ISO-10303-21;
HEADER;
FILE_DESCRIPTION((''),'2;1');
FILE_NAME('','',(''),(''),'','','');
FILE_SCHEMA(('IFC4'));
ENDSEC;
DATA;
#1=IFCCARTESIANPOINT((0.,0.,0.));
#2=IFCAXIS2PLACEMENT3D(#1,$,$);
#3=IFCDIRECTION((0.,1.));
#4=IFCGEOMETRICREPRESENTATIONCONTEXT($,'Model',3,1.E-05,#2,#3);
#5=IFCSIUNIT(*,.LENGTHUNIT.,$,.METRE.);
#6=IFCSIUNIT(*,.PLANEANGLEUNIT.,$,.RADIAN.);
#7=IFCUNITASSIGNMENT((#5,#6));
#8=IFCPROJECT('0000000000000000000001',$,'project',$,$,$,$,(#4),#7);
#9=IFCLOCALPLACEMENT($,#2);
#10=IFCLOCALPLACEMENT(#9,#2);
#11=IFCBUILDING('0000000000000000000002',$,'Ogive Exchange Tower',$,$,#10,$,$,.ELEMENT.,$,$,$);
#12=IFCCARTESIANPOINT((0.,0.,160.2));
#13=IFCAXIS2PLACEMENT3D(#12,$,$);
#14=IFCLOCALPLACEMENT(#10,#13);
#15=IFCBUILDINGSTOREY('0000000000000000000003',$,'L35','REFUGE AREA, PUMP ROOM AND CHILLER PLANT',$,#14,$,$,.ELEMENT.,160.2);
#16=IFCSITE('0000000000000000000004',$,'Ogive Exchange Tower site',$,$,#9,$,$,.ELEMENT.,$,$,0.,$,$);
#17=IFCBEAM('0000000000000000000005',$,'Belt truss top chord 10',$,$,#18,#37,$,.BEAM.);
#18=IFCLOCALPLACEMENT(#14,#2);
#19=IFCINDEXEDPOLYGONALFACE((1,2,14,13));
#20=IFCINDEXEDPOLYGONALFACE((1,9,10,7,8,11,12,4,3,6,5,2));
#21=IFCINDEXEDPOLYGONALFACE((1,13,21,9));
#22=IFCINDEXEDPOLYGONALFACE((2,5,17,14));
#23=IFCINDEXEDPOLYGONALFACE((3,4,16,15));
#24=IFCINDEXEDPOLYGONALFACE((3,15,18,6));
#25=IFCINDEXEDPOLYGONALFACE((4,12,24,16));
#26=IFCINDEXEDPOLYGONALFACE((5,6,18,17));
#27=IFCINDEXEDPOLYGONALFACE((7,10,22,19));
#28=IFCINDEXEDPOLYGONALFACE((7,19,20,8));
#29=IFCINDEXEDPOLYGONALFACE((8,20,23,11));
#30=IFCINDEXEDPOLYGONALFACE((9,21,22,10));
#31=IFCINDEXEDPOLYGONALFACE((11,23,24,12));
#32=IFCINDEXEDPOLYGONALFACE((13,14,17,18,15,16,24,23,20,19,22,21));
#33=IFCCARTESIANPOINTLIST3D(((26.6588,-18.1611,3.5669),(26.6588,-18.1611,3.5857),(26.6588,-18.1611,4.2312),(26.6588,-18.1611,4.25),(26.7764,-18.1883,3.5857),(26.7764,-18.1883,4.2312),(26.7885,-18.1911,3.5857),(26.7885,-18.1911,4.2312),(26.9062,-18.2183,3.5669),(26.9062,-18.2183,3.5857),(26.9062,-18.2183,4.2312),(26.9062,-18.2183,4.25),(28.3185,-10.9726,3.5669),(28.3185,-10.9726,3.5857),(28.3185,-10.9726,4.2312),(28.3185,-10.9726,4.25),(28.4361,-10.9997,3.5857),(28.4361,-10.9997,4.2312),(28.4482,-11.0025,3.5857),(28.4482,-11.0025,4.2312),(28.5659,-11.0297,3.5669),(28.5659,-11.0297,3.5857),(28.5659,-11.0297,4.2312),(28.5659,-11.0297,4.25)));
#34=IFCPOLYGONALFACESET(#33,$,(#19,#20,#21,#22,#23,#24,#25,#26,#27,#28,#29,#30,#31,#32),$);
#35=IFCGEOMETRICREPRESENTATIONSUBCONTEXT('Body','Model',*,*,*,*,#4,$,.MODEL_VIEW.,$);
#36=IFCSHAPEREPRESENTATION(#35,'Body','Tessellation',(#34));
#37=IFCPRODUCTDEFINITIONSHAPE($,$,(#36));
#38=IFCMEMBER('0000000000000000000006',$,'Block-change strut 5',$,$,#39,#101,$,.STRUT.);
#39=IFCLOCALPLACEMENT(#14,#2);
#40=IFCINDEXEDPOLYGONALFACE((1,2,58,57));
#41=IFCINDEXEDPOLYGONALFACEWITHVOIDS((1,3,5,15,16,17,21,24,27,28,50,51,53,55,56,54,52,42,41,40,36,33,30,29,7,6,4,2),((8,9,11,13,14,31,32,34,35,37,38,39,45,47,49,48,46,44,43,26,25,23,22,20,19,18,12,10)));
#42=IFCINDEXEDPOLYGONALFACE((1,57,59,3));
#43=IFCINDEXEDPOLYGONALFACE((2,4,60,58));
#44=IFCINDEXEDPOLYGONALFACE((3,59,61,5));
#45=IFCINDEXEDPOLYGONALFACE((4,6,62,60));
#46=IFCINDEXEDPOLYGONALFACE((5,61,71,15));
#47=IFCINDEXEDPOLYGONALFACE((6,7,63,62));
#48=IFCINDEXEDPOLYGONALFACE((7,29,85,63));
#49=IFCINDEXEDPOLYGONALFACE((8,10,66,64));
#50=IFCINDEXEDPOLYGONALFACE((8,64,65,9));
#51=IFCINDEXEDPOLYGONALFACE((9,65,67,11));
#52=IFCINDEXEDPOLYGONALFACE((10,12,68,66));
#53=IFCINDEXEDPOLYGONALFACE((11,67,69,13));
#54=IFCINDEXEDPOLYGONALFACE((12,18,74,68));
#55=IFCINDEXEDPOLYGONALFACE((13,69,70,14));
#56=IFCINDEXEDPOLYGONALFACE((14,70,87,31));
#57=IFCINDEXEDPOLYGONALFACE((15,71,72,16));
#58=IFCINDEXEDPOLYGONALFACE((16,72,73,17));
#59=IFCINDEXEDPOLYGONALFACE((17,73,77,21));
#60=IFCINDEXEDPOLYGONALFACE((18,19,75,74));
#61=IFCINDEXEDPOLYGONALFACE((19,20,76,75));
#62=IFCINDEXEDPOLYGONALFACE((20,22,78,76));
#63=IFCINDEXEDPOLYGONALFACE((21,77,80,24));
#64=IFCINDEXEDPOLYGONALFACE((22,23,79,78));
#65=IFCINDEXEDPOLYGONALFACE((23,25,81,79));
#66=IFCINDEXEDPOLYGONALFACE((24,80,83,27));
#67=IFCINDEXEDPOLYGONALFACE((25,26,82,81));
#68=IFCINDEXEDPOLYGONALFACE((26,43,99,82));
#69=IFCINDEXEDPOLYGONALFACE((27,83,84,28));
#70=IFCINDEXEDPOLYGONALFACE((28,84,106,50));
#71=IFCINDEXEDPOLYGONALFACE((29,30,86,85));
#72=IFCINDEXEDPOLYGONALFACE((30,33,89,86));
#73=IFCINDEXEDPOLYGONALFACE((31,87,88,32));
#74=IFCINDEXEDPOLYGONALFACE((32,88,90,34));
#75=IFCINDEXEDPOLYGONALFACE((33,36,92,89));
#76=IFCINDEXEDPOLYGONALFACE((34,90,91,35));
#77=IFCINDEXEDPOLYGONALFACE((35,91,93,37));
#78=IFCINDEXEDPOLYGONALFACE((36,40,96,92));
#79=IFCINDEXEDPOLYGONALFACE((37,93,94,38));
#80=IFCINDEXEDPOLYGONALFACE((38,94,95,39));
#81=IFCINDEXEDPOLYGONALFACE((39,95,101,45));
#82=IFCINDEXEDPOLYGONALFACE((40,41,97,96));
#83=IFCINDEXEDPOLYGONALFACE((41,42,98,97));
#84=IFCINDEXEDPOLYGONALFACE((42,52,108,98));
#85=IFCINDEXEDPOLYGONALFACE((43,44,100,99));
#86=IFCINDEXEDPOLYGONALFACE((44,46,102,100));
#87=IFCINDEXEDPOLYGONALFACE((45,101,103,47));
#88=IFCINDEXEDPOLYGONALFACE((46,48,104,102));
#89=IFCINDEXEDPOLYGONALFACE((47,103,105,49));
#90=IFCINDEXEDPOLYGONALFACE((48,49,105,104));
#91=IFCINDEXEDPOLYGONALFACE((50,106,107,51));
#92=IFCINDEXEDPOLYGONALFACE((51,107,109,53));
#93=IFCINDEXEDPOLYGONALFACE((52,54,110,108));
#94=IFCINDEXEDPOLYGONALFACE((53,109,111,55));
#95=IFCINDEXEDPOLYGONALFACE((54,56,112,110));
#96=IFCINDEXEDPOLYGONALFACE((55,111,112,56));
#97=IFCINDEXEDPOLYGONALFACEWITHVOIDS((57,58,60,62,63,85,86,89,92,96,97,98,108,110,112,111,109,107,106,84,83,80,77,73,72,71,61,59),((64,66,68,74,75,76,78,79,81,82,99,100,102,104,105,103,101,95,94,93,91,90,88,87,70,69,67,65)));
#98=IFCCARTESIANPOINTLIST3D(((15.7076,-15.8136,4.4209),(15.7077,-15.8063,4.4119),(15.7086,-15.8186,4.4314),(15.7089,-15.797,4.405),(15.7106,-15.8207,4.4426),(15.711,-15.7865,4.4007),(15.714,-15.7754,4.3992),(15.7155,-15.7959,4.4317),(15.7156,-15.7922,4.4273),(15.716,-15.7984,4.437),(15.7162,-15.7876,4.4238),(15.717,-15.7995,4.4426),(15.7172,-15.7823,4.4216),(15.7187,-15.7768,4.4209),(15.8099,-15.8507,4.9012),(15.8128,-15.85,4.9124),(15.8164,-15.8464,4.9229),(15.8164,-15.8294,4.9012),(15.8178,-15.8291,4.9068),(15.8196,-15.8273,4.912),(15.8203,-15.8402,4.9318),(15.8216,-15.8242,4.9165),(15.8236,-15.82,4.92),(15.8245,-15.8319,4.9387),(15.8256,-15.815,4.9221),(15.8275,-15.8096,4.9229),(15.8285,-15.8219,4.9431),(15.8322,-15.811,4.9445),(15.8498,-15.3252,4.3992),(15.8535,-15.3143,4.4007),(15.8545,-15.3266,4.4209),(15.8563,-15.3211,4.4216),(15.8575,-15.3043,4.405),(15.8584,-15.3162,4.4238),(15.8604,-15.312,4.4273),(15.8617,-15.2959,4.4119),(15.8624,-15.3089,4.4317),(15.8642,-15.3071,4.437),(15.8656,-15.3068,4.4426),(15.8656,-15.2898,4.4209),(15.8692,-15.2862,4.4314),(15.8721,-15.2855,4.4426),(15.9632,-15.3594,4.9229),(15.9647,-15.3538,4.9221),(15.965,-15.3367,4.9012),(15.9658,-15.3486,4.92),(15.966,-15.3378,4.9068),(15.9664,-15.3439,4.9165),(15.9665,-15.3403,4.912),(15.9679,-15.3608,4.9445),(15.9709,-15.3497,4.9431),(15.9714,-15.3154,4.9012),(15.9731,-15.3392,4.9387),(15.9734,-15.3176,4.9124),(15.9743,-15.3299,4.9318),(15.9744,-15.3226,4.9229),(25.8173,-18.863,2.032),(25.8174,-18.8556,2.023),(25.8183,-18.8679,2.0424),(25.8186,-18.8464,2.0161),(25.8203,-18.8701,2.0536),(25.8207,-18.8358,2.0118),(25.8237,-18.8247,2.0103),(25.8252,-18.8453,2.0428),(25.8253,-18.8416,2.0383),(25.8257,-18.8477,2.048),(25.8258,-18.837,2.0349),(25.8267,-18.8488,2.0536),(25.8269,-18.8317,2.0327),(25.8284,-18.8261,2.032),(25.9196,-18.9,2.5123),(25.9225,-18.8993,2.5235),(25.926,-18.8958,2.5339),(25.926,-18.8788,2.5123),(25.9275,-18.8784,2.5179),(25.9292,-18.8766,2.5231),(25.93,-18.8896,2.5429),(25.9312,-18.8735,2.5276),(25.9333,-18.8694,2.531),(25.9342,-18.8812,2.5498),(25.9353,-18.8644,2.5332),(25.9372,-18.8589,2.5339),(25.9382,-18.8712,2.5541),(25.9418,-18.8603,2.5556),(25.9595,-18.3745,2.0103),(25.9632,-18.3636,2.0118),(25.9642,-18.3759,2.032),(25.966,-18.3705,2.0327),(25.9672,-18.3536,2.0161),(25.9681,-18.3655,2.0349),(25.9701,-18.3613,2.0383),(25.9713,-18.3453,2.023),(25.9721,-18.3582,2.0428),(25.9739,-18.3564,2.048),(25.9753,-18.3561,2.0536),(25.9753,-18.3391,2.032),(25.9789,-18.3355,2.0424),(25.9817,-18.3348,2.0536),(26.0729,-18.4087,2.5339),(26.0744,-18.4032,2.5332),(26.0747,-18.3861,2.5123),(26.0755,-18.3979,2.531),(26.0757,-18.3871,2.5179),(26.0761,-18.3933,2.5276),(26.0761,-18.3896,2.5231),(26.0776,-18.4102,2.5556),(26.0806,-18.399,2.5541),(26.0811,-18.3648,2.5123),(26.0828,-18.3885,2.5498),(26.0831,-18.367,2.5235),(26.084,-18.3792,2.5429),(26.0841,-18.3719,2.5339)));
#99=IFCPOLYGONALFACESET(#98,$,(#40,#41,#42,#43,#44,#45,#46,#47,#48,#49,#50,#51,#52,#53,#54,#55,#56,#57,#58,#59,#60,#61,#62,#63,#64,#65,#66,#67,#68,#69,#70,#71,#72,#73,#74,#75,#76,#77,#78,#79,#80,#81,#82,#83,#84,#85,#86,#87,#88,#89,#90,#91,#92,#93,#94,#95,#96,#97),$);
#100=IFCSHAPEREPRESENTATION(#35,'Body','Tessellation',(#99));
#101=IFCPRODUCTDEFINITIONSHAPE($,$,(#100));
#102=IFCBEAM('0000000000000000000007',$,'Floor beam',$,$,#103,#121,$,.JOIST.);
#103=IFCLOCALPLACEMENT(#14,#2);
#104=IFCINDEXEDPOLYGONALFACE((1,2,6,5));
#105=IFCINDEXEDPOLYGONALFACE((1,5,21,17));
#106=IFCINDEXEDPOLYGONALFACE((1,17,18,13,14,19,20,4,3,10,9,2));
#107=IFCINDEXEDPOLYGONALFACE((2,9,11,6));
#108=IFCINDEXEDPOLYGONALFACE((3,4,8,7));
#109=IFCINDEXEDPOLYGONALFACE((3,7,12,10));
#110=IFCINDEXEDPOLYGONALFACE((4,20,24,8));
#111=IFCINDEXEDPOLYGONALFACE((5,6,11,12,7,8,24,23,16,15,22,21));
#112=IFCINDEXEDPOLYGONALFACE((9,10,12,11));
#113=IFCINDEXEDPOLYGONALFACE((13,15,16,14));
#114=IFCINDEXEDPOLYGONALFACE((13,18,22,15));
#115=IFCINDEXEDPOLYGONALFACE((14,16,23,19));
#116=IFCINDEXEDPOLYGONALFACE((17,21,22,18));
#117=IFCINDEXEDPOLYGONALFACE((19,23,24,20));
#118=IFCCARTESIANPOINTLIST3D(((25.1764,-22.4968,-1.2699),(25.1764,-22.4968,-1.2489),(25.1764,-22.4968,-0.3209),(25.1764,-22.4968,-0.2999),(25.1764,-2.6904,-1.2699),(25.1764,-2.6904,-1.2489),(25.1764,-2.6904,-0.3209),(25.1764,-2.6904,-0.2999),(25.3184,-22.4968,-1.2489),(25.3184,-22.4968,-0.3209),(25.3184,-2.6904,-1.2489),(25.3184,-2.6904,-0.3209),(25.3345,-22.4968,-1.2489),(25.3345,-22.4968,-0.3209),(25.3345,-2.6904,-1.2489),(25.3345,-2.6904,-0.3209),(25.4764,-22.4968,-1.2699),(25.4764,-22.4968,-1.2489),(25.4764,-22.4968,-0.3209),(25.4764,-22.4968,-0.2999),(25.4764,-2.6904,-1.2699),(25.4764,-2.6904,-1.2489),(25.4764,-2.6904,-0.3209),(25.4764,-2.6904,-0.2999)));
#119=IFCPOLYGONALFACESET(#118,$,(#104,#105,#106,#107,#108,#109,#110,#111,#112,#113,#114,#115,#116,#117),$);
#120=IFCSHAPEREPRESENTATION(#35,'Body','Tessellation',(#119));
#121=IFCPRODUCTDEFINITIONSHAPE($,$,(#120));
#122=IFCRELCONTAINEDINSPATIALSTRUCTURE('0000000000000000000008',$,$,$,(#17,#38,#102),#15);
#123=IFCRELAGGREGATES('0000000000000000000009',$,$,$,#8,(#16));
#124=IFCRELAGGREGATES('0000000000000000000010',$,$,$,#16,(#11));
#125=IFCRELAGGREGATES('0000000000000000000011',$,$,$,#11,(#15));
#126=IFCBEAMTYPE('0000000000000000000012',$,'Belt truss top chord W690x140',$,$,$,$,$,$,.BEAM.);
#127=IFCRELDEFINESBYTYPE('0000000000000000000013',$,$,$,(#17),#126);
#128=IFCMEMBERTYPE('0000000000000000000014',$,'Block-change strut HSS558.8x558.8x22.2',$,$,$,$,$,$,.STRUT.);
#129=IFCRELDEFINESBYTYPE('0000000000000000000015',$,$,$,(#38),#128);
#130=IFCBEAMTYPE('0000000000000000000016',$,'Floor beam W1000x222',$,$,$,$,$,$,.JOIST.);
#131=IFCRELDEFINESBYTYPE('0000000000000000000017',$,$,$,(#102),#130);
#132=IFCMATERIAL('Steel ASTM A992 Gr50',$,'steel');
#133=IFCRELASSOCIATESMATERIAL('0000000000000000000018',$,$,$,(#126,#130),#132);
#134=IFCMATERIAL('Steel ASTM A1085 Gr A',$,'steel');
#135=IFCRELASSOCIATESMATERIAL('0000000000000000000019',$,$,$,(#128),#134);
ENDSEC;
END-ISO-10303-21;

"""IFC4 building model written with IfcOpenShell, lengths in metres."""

from ifc_helpers import new_model, si_unit, direction, frame, origin, origin_2d, place, context, subcontext, project, spatial, hollow_rectangle, i_section, extrude, material, material_profile, profile_set, type_object, element, save


model = new_model("IFC4")

# Units and contexts
model_context = context("Model", 3, precision=1e-05, world=origin(), true_north=direction((0.0, 1.0)))
body_context = subcontext(model_context, "Body", "Model", "MODEL_VIEW")
ifc_project = project(units=[si_unit("LENGTHUNIT", "METRE"), si_unit("PLANEANGLEUNIT", "RADIAN")], contexts=[model_context])

# Site, building, storey
site_placement = place(None, origin())
site = spatial("IfcSite", under=ifc_project, at=site_placement, Name="Ogive Exchange Tower site", CompositionType="ELEMENT", RefElevation=0.0)
building_placement = place(site_placement, origin())
building = spatial("IfcBuilding", under=site, at=building_placement, Name="Ogive Exchange Tower", CompositionType="ELEMENT")
storey_placement = place(building_placement, frame((0.0, 0.0, 160.2)))
storey = spatial("IfcBuildingStorey", under=building, at=storey_placement, Name="L35", Description="REFUGE AREA, PUMP ROOM AND CHILLER PLANT", CompositionType="ELEMENT", Elevation=160.2)

# Shared definitions
ifc_material_1 = material(Name="Steel ASTM A992 Gr50", Category="steel")

# Shared definitions
ifc_material_2 = material(Name="Steel ASTM A1085 Gr A", Category="steel")

# Beam
ifc_material_profile_1 = material_profile(ifc_material_1, i_section(OverallWidth=0.2539, OverallDepth=0.6831, WebThickness=0.0125, FlangeThickness=0.0188, at=origin_2d()), Name="W690x140")
ifc_profile_set_1 = profile_set([ifc_material_profile_1], Name="Steel ASTM A992 Gr50")
beam_type_1 = type_object("IfcBeamType", Name="Belt truss top chord W690x140", PredefinedType="BEAM", material=ifc_profile_set_1)
beam_1_placement = place(storey_placement, frame((26.7825, -18.1897, 3.9084), z_axis=(0.224961, 0.974368, 0.0), x_axis=(-0.974368, 0.224961, 0.0)))
element("IfcBeam", 1, at=beam_1_placement, inside=storey, type_object=beam_type_1, Name="Belt truss top chord 10", PredefinedType="BEAM", context=body_context, shape_type="SweptSolid", body=[
    extrude(i_section(OverallWidth=0.2539, OverallDepth=0.6831, WebThickness=0.0125, FlangeThickness=0.0188, at=origin_2d()), origin(), (0.0, 0.0, 1.0), 7.3777),
])

# Member
ifc_material_profile_2 = material_profile(ifc_material_2, hollow_rectangle(XDim=0.5591, YDim=0.5591, WallThickness=0.0222, InnerFilletRadius=0.0222, OuterFilletRadius=0.0444, at=origin_2d()), Name="HSS558.8x558.8x22.2")
ifc_profile_set_2 = profile_set([ifc_material_profile_2], Name="Steel ASTM A1085 Gr A")
member_type_1 = type_object("IfcMemberType", Name="Block-change strut HSS558.8x558.8x22.2", PredefinedType="STRUT", material=ifc_profile_set_2)
member_1_placement = place(storey_placement, frame((25.9507, -18.6174, 2.283), z_axis=(-0.933798, 0.281657, 0.220658), x_axis=(-0.288775, -0.957397, 0.0)))
element("IfcMember", 2, at=member_1_placement, inside=storey, type_object=member_type_1, Name="Block-change strut 5", PredefinedType="STRUT", context=body_context, shape_type="SweptSolid", body=[
    extrude(hollow_rectangle(XDim=0.5591, YDim=0.5591, WallThickness=0.0222, InnerFilletRadius=0.0222, OuterFilletRadius=0.0444, at=origin_2d()), origin(), (0.0, 0.0, 1.0), 10.8264),
])

# Beam
ifc_material_profile_3 = material_profile(ifc_material_1, i_section(OverallWidth=0.3, OverallDepth=0.97, WebThickness=0.0161, FlangeThickness=0.021, at=origin_2d()), Name="W1000x222")
ifc_profile_set_3 = profile_set([ifc_material_profile_3], Name="Steel ASTM A992 Gr50")
beam_type_2 = type_object("IfcBeamType", Name="Floor beam W1000x222", PredefinedType="JOIST", material=ifc_profile_set_3)
beam_2_placement = place(storey_placement, frame((25.3264, -22.4968, -0.7849), z_axis=(0.0, 1.0, 0.0), x_axis=(-1.0, 0.0, 0.0)))
element("IfcBeam", 3, at=beam_2_placement, inside=storey, type_object=beam_type_2, Name="Floor beam", PredefinedType="JOIST", context=body_context, shape_type="SweptSolid", body=[
    extrude(i_section(OverallWidth=0.3, OverallDepth=0.97, WebThickness=0.0161, FlangeThickness=0.021, at=origin_2d()), origin(), (0.0, 0.0, 1.0), 19.8064),
])

save(model, "model.ifc")
